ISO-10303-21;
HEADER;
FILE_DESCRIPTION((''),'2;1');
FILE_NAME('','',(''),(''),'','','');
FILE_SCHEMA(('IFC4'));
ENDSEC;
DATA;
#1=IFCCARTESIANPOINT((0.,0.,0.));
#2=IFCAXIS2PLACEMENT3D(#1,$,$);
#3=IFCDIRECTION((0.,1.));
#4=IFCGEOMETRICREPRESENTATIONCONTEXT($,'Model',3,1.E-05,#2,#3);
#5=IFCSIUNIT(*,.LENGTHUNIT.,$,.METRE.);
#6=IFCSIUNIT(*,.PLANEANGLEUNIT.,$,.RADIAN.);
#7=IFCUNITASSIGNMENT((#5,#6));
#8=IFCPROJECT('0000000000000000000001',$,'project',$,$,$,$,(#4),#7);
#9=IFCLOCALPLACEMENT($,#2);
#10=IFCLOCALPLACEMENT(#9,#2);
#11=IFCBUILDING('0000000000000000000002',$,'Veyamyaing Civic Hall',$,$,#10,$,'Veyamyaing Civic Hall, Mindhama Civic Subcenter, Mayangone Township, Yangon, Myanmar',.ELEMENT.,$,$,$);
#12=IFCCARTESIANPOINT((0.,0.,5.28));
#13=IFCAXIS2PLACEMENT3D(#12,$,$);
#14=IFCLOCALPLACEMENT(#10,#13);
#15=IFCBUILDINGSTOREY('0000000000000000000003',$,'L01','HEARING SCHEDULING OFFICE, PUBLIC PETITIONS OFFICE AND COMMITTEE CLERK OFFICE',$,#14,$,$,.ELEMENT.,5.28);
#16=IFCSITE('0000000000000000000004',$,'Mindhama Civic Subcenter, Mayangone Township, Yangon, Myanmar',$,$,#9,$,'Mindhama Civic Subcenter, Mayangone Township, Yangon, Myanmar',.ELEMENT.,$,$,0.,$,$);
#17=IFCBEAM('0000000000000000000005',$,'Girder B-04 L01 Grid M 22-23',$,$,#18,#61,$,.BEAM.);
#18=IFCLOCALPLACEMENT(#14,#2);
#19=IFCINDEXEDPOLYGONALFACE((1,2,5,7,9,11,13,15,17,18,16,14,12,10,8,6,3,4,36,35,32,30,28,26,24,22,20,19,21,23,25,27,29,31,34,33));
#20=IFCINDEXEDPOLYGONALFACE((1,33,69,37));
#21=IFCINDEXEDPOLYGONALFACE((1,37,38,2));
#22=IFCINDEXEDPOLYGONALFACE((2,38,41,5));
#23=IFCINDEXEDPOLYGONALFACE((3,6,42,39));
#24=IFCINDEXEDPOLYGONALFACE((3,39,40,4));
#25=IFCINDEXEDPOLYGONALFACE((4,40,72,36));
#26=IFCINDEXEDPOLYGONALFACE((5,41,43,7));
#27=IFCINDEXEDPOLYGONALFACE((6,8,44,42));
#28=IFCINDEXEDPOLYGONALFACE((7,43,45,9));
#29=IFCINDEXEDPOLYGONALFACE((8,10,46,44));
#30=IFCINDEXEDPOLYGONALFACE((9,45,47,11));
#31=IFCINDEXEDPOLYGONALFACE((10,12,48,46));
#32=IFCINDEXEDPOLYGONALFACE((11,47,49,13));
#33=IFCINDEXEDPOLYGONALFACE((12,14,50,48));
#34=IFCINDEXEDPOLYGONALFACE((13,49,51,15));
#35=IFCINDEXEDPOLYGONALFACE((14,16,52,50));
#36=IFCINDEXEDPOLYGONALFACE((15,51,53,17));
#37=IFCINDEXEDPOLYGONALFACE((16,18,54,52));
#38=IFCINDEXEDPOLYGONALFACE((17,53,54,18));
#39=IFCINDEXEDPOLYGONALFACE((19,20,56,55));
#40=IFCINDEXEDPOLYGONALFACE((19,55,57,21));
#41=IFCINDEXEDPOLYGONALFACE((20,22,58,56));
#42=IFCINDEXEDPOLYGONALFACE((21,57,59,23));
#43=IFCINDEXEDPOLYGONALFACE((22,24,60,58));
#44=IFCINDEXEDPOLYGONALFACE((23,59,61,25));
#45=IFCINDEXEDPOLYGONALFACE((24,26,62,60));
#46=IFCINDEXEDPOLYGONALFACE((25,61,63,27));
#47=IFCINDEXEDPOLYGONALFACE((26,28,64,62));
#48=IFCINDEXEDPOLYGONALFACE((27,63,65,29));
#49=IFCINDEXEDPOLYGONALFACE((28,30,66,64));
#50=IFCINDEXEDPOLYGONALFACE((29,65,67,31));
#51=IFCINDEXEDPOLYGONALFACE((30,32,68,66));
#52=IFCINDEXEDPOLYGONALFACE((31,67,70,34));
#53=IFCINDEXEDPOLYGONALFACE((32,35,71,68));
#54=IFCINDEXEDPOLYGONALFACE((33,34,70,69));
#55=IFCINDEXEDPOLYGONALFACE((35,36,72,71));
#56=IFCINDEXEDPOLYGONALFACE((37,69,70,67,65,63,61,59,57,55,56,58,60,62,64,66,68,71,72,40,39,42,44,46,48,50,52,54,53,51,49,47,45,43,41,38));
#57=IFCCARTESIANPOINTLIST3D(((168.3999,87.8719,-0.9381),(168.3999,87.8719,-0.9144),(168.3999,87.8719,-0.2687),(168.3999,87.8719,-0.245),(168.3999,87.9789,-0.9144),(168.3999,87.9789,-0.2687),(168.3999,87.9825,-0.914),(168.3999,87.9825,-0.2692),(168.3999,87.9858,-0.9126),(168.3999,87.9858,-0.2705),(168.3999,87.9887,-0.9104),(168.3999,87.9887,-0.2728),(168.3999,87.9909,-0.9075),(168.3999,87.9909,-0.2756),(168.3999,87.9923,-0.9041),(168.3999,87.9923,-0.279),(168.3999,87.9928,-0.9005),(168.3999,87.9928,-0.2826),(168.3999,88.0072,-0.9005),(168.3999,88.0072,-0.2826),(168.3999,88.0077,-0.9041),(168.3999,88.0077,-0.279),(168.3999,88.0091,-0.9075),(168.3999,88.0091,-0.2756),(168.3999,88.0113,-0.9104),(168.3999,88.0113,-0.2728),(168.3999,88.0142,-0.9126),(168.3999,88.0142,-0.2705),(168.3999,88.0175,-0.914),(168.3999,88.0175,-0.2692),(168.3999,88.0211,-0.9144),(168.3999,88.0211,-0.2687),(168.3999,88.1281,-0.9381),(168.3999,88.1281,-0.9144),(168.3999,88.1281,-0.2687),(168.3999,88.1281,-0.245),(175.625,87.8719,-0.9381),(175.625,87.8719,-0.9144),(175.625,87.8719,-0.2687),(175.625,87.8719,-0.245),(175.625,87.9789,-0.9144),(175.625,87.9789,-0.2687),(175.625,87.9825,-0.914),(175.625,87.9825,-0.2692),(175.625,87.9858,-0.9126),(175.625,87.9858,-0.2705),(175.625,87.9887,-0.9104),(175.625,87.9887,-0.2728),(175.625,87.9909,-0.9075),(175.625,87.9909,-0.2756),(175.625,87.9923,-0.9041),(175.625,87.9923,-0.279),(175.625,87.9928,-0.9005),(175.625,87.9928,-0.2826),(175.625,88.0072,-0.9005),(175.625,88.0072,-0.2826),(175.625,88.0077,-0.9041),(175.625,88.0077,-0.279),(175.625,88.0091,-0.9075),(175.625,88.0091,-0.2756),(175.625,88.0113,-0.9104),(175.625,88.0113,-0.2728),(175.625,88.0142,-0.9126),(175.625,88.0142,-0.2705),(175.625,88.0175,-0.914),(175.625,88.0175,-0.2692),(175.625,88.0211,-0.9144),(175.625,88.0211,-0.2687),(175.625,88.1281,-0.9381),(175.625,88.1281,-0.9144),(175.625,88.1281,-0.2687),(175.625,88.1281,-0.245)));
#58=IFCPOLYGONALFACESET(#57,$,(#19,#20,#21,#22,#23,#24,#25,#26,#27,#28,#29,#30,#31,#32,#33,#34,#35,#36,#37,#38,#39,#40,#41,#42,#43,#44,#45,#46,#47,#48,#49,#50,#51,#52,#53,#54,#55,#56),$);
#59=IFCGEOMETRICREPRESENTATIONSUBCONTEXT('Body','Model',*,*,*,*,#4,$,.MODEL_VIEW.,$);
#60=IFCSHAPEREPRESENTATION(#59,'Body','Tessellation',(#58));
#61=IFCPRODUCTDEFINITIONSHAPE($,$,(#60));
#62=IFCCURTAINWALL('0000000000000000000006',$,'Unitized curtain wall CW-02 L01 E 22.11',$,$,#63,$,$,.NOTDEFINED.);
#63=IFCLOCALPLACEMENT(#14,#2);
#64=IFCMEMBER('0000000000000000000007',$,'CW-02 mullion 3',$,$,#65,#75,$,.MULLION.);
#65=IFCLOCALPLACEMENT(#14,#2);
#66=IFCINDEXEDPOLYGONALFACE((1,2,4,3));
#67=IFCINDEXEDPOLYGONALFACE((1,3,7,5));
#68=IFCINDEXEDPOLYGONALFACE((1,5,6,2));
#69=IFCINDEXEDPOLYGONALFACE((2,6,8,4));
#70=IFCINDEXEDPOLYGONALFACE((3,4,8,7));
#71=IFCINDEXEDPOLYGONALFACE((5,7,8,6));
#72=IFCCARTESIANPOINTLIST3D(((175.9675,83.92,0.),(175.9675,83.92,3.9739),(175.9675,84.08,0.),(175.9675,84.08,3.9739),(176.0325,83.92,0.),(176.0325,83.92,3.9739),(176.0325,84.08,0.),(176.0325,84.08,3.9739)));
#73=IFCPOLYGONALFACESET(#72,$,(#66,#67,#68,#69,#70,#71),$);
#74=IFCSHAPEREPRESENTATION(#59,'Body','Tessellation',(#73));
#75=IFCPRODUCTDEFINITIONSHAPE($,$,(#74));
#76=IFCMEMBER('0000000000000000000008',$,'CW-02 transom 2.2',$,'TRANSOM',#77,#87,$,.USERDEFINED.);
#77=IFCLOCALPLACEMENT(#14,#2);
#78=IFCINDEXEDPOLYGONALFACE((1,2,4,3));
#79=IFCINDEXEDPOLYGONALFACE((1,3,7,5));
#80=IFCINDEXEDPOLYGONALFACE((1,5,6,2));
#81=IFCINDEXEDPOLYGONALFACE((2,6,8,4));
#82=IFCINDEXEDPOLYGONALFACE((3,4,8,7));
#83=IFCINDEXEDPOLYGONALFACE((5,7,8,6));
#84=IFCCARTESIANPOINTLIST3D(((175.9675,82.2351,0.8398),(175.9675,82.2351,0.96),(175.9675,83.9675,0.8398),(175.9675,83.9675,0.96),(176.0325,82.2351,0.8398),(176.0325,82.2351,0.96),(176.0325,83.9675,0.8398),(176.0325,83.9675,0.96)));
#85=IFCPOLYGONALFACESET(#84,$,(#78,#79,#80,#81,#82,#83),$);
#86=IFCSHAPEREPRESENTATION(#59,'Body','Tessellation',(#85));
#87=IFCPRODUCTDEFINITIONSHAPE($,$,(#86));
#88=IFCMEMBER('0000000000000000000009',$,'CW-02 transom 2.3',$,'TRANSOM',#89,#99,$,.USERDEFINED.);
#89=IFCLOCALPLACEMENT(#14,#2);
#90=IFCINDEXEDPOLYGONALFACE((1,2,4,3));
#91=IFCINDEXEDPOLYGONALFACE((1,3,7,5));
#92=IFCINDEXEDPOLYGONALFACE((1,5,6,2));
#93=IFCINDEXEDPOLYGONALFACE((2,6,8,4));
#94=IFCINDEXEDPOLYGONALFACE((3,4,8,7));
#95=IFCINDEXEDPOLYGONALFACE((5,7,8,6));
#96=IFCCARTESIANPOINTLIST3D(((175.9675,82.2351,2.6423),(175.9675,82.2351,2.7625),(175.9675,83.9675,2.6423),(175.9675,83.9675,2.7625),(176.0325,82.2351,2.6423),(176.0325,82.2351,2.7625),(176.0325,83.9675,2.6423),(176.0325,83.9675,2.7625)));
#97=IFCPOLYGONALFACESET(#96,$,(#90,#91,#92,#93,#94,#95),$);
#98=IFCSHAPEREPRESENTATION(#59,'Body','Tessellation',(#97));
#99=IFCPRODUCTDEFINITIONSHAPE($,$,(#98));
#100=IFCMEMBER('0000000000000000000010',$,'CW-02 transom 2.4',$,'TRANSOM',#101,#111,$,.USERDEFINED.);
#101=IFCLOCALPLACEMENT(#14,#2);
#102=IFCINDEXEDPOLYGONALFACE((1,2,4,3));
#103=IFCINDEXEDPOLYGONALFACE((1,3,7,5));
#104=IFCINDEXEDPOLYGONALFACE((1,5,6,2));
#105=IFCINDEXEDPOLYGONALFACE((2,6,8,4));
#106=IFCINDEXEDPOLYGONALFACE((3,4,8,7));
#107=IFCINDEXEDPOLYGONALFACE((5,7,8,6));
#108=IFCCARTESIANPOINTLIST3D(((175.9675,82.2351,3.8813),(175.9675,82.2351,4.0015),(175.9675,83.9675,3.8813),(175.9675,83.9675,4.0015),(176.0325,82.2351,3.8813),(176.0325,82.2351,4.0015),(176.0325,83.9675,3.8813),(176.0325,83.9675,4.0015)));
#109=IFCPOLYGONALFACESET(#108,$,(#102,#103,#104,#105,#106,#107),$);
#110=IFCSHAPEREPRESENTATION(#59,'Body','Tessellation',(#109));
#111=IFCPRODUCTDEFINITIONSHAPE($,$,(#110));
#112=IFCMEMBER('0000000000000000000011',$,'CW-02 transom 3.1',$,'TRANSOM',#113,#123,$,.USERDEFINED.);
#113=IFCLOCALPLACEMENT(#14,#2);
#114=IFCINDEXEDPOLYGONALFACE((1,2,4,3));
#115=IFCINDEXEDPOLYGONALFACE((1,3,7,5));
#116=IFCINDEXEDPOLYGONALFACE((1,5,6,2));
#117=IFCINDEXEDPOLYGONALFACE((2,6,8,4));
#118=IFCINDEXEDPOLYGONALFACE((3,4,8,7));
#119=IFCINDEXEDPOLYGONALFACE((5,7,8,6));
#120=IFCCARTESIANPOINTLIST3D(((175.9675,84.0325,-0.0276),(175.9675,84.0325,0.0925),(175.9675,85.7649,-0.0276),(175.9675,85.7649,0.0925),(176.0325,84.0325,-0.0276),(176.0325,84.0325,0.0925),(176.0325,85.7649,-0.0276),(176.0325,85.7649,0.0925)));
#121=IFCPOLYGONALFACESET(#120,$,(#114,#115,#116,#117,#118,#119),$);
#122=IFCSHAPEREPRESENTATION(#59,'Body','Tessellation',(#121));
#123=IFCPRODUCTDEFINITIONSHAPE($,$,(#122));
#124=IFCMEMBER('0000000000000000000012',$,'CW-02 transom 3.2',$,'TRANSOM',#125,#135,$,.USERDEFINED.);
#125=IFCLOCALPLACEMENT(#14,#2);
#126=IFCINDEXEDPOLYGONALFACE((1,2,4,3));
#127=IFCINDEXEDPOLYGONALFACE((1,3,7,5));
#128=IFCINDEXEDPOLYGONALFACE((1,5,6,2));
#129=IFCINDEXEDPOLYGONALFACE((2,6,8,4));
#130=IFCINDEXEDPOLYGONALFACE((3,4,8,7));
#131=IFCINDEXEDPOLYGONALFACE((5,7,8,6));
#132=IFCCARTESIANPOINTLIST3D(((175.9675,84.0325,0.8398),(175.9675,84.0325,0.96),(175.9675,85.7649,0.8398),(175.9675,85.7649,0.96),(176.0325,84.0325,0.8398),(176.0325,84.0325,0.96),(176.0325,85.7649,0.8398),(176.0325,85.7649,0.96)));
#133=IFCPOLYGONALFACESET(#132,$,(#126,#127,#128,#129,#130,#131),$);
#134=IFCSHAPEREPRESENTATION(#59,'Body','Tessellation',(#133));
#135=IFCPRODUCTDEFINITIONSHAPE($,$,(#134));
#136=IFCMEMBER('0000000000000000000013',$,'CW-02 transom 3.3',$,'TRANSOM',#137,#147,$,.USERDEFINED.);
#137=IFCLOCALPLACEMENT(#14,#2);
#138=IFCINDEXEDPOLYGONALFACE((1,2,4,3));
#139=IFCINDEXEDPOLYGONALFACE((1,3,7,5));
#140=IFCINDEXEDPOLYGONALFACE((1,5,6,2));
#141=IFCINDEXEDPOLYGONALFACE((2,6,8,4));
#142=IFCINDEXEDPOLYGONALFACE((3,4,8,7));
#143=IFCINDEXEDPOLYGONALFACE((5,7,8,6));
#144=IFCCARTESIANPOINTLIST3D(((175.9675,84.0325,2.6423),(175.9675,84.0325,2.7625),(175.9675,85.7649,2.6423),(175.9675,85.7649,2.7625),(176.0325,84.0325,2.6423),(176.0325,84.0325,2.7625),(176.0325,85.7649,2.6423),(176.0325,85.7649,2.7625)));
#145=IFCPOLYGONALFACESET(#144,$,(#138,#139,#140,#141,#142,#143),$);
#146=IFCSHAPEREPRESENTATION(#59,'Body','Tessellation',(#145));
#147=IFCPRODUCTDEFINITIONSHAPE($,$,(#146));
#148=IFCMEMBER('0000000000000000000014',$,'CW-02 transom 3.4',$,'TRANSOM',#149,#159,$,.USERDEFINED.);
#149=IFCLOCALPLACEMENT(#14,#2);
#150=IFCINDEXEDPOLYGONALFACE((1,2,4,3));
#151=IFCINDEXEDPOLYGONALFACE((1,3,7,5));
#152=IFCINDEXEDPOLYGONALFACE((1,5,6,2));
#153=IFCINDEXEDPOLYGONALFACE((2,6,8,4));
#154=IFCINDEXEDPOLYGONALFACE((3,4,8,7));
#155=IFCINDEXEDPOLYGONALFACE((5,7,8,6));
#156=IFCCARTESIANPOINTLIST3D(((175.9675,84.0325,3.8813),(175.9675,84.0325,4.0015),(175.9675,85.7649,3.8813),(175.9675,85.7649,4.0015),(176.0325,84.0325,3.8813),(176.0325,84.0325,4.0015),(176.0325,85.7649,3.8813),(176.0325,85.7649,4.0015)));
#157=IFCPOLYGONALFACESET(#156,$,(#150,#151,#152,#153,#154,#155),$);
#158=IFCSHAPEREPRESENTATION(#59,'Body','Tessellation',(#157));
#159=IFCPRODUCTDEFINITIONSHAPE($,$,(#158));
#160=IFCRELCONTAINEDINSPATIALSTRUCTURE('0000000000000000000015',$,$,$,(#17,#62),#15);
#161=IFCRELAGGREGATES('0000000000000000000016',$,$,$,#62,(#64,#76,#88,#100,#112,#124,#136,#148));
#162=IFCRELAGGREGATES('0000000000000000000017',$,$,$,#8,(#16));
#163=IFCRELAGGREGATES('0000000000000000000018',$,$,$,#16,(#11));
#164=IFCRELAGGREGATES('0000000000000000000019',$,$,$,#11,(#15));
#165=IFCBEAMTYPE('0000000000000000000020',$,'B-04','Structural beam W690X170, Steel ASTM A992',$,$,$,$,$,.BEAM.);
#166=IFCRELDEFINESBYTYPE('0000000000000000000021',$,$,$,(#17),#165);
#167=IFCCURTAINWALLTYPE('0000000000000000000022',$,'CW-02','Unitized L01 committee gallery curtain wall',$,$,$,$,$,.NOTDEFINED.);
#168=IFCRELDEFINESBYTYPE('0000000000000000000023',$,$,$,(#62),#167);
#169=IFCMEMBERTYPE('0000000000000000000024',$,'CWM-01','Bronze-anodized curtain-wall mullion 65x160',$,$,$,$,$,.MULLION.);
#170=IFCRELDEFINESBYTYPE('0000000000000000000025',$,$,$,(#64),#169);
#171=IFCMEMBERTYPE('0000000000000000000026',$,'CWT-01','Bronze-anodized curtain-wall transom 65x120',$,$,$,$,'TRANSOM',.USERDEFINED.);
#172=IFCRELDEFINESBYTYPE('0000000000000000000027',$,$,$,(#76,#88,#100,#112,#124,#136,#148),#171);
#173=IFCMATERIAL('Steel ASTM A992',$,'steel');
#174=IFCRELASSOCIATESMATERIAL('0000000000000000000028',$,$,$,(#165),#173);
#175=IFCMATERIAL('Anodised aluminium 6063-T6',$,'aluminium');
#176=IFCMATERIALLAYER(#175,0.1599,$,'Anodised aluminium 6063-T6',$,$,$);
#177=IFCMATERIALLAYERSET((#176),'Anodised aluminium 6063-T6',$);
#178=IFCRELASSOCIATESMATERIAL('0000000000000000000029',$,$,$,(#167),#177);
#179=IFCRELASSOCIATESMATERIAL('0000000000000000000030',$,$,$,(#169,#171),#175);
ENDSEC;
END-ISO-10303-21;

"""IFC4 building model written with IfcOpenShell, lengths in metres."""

from ifc_helpers import new_model, si_unit, direction, frame, origin, origin_2d, place, context, subcontext, project, spatial, rectangle, i_section, extrude, material, layer, layer_set, material_profile, profile_set, type_object, element, aggregate, save


model = new_model("IFC4")

# Units and contexts
model_context = context("Model", 3, precision=1e-05, world=origin(), true_north=direction((0.0, 1.0)))
body_context = subcontext(model_context, "Body", "Model", "MODEL_VIEW")
ifc_project = project(units=[si_unit("LENGTHUNIT", "METRE"), si_unit("PLANEANGLEUNIT", "RADIAN")], contexts=[model_context])

# Site, building, storey
site_placement = place(None, origin())
site = spatial("IfcSite", under=ifc_project, at=site_placement, Name="Mindhama Civic Subcenter, Mayangone Township, Yangon, Myanmar", LongName="Mindhama Civic Subcenter, Mayangone Township, Yangon, Myanmar", CompositionType="ELEMENT", RefElevation=0.0)
building_placement = place(site_placement, origin())
building = spatial("IfcBuilding", under=site, at=building_placement, Name="Veyamyaing Civic Hall", LongName="Veyamyaing Civic Hall, Mindhama Civic Subcenter, Mayangone Township, Yangon, Myanmar", CompositionType="ELEMENT")
storey_placement = place(building_placement, frame((0.0, 0.0, 5.28)))
storey = spatial("IfcBuildingStorey", under=building, at=storey_placement, Name="L01", Description="HEARING SCHEDULING OFFICE, PUBLIC PETITIONS OFFICE AND COMMITTEE CLERK OFFICE", CompositionType="ELEMENT", Elevation=5.28)

# Beam
ifc_material_1 = material(Name="Steel ASTM A992", Category="steel")
ifc_material_profile_1 = material_profile(ifc_material_1, i_section(OverallWidth=0.2561, OverallDepth=0.6931, WebThickness=0.0144, FlangeThickness=0.0237, FilletRadius=0.0139, at=origin_2d()), Name="W690X170")
ifc_profile_set_1 = profile_set([ifc_material_profile_1], Name="Steel ASTM A992")
beam_type_1 = type_object("IfcBeamType", Name="B-04", Description="Structural beam W690X170, Steel ASTM A992", PredefinedType="BEAM", material=ifc_profile_set_1)
beam_placement = place(storey_placement, frame((168.3999, 88.0, -0.5916), z_axis=(1.0, 0.0, 0.0), x_axis=(0.0, 1.0, 0.0)))
element("IfcBeam", 1, at=beam_placement, inside=storey, type_object=beam_type_1, Name="Girder B-04 L01 Grid M 22-23", PredefinedType="BEAM", context=body_context, shape_type="SweptSolid", body=[
    extrude(i_section(OverallWidth=0.2561, OverallDepth=0.6931, WebThickness=0.0144, FlangeThickness=0.0237, FilletRadius=0.0139, at=origin_2d()), origin(), (0.0, 0.0, 1.0), 7.2251),
])

# Curtain wall, members
ifc_material_2 = material(Name="Anodised aluminium 6063-T6", Category="aluminium")
ifc_layer_1 = layer(ifc_material_2, 0.1599, Name="Anodised aluminium 6063-T6")
ifc_layer_set_1 = layer_set([ifc_layer_1], Name="Anodised aluminium 6063-T6")
curtain_wall_type = type_object("IfcCurtainWallType", Name="CW-02", Description="Unitized L01 committee gallery curtain wall", PredefinedType="NOTDEFINED", material=ifc_layer_set_1)
curtain_wall_placement = place(storey_placement, origin())
curtain_wall = element("IfcCurtainWall", 2, at=curtain_wall_placement, inside=storey, type_object=curtain_wall_type, Name="Unitized curtain wall CW-02 L01 E 22.11", PredefinedType="NOTDEFINED")
ifc_material_profile_2 = material_profile(ifc_material_2, rectangle(XDim=0.0649, YDim=0.1599, at=origin_2d()), Name="ALU-MUL-65X160")
ifc_profile_set_2 = profile_set([ifc_material_profile_2], Name="Anodised aluminium 6063-T6")
member_type_1 = type_object("IfcMemberType", Name="CWM-01", Description="Bronze-anodized curtain-wall mullion 65x160", PredefinedType="MULLION", material=ifc_profile_set_2)
member_1_placement = place(storey_placement, frame((176.0, 84.0, 0.0), z_axis=(0.0, 0.0, 1.0), x_axis=(-1.0, 0.0, 0.0)))
member_1 = element("IfcMember", 3, at=member_1_placement, type_object=member_type_1, Name="CW-02 mullion 3", PredefinedType="MULLION", context=body_context, shape_type="SweptSolid", body=[
    extrude(rectangle(XDim=0.0649, YDim=0.1599, at=origin_2d()), origin(), (0.0, 0.0, 1.0), 3.9739),
])
ifc_material_profile_3 = material_profile(ifc_material_2, rectangle(XDim=0.0649, YDim=0.1201, at=origin_2d()), Name="ALU-TRN-65X120")
ifc_profile_set_3 = profile_set([ifc_material_profile_3], Name="Anodised aluminium 6063-T6")
member_type_2 = type_object("IfcMemberType", Name="CWT-01", Description="Bronze-anodized curtain-wall transom 65x120", ElementType="TRANSOM", PredefinedType="USERDEFINED", material=ifc_profile_set_3)
member_2_placement = place(storey_placement, frame((176.0, 82.2351, 0.8999), z_axis=(0.0, 1.0, 0.0), x_axis=(-1.0, 0.0, 0.0)))
member_2 = element("IfcMember", 4, at=member_2_placement, type_object=member_type_2, Name="CW-02 transom 2.2", ObjectType="TRANSOM", PredefinedType="USERDEFINED", context=body_context, shape_type="SweptSolid", body=[
    extrude(rectangle(XDim=0.0649, YDim=0.1201, at=origin_2d()), origin(), (0.0, 0.0, 1.0), 1.7324),
])
member_3_placement = place(storey_placement, frame((176.0, 82.2351, 2.7024), z_axis=(0.0, 1.0, 0.0), x_axis=(-1.0, 0.0, 0.0)))
member_3 = element("IfcMember", 5, at=member_3_placement, type_object=member_type_2, Name="CW-02 transom 2.3", ObjectType="TRANSOM", PredefinedType="USERDEFINED", context=body_context, shape_type="SweptSolid", body=[
    extrude(rectangle(XDim=0.0649, YDim=0.1201, at=origin_2d()), origin(), (0.0, 0.0, 1.0), 1.7324),
])
member_4_placement = place(storey_placement, frame((176.0, 82.2351, 3.9414), z_axis=(0.0, 1.0, 0.0), x_axis=(-1.0, 0.0, 0.0)))
member_4 = element("IfcMember", 6, at=member_4_placement, type_object=member_type_2, Name="CW-02 transom 2.4", ObjectType="TRANSOM", PredefinedType="USERDEFINED", context=body_context, shape_type="SweptSolid", body=[
    extrude(rectangle(XDim=0.0649, YDim=0.1201, at=origin_2d()), origin(), (0.0, 0.0, 1.0), 1.7324),
])
member_5_placement = place(storey_placement, frame((176.0, 84.0325, 0.0325), z_axis=(0.0, 1.0, 0.0), x_axis=(-1.0, 0.0, 0.0)))
member_5 = element("IfcMember", 7, at=member_5_placement, type_object=member_type_2, Name="CW-02 transom 3.1", ObjectType="TRANSOM", PredefinedType="USERDEFINED", context=body_context, shape_type="SweptSolid", body=[
    extrude(rectangle(XDim=0.0649, YDim=0.1201, at=origin_2d()), origin(), (0.0, 0.0, 1.0), 1.7324),
])
member_6_placement = place(storey_placement, frame((176.0, 84.0325, 0.8999), z_axis=(0.0, 1.0, 0.0), x_axis=(-1.0, 0.0, 0.0)))
member_6 = element("IfcMember", 8, at=member_6_placement, type_object=member_type_2, Name="CW-02 transom 3.2", ObjectType="TRANSOM", PredefinedType="USERDEFINED", context=body_context, shape_type="SweptSolid", body=[
    extrude(rectangle(XDim=0.0649, YDim=0.1201, at=origin_2d()), origin(), (0.0, 0.0, 1.0), 1.7324),
])
member_7_placement = place(storey_placement, frame((176.0, 84.0325, 2.7024), z_axis=(0.0, 1.0, 0.0), x_axis=(-1.0, 0.0, 0.0)))
member_7 = element("IfcMember", 9, at=member_7_placement, type_object=member_type_2, Name="CW-02 transom 3.3", ObjectType="TRANSOM", PredefinedType="USERDEFINED", context=body_context, shape_type="SweptSolid", body=[
    extrude(rectangle(XDim=0.0649, YDim=0.1201, at=origin_2d()), origin(), (0.0, 0.0, 1.0), 1.7324),
])
member_8_placement = place(storey_placement, frame((176.0, 84.0325, 3.9414), z_axis=(0.0, 1.0, 0.0), x_axis=(-1.0, 0.0, 0.0)))
member_8 = element("IfcMember", 10, at=member_8_placement, type_object=member_type_2, Name="CW-02 transom 3.4", ObjectType="TRANSOM", PredefinedType="USERDEFINED", context=body_context, shape_type="SweptSolid", body=[
    extrude(rectangle(XDim=0.0649, YDim=0.1201, at=origin_2d()), origin(), (0.0, 0.0, 1.0), 1.7324),
])

aggregate(curtain_wall, [member_1, member_2, member_3, member_4, member_5, member_6, member_7, member_8])

save(model, "model.ifc")
